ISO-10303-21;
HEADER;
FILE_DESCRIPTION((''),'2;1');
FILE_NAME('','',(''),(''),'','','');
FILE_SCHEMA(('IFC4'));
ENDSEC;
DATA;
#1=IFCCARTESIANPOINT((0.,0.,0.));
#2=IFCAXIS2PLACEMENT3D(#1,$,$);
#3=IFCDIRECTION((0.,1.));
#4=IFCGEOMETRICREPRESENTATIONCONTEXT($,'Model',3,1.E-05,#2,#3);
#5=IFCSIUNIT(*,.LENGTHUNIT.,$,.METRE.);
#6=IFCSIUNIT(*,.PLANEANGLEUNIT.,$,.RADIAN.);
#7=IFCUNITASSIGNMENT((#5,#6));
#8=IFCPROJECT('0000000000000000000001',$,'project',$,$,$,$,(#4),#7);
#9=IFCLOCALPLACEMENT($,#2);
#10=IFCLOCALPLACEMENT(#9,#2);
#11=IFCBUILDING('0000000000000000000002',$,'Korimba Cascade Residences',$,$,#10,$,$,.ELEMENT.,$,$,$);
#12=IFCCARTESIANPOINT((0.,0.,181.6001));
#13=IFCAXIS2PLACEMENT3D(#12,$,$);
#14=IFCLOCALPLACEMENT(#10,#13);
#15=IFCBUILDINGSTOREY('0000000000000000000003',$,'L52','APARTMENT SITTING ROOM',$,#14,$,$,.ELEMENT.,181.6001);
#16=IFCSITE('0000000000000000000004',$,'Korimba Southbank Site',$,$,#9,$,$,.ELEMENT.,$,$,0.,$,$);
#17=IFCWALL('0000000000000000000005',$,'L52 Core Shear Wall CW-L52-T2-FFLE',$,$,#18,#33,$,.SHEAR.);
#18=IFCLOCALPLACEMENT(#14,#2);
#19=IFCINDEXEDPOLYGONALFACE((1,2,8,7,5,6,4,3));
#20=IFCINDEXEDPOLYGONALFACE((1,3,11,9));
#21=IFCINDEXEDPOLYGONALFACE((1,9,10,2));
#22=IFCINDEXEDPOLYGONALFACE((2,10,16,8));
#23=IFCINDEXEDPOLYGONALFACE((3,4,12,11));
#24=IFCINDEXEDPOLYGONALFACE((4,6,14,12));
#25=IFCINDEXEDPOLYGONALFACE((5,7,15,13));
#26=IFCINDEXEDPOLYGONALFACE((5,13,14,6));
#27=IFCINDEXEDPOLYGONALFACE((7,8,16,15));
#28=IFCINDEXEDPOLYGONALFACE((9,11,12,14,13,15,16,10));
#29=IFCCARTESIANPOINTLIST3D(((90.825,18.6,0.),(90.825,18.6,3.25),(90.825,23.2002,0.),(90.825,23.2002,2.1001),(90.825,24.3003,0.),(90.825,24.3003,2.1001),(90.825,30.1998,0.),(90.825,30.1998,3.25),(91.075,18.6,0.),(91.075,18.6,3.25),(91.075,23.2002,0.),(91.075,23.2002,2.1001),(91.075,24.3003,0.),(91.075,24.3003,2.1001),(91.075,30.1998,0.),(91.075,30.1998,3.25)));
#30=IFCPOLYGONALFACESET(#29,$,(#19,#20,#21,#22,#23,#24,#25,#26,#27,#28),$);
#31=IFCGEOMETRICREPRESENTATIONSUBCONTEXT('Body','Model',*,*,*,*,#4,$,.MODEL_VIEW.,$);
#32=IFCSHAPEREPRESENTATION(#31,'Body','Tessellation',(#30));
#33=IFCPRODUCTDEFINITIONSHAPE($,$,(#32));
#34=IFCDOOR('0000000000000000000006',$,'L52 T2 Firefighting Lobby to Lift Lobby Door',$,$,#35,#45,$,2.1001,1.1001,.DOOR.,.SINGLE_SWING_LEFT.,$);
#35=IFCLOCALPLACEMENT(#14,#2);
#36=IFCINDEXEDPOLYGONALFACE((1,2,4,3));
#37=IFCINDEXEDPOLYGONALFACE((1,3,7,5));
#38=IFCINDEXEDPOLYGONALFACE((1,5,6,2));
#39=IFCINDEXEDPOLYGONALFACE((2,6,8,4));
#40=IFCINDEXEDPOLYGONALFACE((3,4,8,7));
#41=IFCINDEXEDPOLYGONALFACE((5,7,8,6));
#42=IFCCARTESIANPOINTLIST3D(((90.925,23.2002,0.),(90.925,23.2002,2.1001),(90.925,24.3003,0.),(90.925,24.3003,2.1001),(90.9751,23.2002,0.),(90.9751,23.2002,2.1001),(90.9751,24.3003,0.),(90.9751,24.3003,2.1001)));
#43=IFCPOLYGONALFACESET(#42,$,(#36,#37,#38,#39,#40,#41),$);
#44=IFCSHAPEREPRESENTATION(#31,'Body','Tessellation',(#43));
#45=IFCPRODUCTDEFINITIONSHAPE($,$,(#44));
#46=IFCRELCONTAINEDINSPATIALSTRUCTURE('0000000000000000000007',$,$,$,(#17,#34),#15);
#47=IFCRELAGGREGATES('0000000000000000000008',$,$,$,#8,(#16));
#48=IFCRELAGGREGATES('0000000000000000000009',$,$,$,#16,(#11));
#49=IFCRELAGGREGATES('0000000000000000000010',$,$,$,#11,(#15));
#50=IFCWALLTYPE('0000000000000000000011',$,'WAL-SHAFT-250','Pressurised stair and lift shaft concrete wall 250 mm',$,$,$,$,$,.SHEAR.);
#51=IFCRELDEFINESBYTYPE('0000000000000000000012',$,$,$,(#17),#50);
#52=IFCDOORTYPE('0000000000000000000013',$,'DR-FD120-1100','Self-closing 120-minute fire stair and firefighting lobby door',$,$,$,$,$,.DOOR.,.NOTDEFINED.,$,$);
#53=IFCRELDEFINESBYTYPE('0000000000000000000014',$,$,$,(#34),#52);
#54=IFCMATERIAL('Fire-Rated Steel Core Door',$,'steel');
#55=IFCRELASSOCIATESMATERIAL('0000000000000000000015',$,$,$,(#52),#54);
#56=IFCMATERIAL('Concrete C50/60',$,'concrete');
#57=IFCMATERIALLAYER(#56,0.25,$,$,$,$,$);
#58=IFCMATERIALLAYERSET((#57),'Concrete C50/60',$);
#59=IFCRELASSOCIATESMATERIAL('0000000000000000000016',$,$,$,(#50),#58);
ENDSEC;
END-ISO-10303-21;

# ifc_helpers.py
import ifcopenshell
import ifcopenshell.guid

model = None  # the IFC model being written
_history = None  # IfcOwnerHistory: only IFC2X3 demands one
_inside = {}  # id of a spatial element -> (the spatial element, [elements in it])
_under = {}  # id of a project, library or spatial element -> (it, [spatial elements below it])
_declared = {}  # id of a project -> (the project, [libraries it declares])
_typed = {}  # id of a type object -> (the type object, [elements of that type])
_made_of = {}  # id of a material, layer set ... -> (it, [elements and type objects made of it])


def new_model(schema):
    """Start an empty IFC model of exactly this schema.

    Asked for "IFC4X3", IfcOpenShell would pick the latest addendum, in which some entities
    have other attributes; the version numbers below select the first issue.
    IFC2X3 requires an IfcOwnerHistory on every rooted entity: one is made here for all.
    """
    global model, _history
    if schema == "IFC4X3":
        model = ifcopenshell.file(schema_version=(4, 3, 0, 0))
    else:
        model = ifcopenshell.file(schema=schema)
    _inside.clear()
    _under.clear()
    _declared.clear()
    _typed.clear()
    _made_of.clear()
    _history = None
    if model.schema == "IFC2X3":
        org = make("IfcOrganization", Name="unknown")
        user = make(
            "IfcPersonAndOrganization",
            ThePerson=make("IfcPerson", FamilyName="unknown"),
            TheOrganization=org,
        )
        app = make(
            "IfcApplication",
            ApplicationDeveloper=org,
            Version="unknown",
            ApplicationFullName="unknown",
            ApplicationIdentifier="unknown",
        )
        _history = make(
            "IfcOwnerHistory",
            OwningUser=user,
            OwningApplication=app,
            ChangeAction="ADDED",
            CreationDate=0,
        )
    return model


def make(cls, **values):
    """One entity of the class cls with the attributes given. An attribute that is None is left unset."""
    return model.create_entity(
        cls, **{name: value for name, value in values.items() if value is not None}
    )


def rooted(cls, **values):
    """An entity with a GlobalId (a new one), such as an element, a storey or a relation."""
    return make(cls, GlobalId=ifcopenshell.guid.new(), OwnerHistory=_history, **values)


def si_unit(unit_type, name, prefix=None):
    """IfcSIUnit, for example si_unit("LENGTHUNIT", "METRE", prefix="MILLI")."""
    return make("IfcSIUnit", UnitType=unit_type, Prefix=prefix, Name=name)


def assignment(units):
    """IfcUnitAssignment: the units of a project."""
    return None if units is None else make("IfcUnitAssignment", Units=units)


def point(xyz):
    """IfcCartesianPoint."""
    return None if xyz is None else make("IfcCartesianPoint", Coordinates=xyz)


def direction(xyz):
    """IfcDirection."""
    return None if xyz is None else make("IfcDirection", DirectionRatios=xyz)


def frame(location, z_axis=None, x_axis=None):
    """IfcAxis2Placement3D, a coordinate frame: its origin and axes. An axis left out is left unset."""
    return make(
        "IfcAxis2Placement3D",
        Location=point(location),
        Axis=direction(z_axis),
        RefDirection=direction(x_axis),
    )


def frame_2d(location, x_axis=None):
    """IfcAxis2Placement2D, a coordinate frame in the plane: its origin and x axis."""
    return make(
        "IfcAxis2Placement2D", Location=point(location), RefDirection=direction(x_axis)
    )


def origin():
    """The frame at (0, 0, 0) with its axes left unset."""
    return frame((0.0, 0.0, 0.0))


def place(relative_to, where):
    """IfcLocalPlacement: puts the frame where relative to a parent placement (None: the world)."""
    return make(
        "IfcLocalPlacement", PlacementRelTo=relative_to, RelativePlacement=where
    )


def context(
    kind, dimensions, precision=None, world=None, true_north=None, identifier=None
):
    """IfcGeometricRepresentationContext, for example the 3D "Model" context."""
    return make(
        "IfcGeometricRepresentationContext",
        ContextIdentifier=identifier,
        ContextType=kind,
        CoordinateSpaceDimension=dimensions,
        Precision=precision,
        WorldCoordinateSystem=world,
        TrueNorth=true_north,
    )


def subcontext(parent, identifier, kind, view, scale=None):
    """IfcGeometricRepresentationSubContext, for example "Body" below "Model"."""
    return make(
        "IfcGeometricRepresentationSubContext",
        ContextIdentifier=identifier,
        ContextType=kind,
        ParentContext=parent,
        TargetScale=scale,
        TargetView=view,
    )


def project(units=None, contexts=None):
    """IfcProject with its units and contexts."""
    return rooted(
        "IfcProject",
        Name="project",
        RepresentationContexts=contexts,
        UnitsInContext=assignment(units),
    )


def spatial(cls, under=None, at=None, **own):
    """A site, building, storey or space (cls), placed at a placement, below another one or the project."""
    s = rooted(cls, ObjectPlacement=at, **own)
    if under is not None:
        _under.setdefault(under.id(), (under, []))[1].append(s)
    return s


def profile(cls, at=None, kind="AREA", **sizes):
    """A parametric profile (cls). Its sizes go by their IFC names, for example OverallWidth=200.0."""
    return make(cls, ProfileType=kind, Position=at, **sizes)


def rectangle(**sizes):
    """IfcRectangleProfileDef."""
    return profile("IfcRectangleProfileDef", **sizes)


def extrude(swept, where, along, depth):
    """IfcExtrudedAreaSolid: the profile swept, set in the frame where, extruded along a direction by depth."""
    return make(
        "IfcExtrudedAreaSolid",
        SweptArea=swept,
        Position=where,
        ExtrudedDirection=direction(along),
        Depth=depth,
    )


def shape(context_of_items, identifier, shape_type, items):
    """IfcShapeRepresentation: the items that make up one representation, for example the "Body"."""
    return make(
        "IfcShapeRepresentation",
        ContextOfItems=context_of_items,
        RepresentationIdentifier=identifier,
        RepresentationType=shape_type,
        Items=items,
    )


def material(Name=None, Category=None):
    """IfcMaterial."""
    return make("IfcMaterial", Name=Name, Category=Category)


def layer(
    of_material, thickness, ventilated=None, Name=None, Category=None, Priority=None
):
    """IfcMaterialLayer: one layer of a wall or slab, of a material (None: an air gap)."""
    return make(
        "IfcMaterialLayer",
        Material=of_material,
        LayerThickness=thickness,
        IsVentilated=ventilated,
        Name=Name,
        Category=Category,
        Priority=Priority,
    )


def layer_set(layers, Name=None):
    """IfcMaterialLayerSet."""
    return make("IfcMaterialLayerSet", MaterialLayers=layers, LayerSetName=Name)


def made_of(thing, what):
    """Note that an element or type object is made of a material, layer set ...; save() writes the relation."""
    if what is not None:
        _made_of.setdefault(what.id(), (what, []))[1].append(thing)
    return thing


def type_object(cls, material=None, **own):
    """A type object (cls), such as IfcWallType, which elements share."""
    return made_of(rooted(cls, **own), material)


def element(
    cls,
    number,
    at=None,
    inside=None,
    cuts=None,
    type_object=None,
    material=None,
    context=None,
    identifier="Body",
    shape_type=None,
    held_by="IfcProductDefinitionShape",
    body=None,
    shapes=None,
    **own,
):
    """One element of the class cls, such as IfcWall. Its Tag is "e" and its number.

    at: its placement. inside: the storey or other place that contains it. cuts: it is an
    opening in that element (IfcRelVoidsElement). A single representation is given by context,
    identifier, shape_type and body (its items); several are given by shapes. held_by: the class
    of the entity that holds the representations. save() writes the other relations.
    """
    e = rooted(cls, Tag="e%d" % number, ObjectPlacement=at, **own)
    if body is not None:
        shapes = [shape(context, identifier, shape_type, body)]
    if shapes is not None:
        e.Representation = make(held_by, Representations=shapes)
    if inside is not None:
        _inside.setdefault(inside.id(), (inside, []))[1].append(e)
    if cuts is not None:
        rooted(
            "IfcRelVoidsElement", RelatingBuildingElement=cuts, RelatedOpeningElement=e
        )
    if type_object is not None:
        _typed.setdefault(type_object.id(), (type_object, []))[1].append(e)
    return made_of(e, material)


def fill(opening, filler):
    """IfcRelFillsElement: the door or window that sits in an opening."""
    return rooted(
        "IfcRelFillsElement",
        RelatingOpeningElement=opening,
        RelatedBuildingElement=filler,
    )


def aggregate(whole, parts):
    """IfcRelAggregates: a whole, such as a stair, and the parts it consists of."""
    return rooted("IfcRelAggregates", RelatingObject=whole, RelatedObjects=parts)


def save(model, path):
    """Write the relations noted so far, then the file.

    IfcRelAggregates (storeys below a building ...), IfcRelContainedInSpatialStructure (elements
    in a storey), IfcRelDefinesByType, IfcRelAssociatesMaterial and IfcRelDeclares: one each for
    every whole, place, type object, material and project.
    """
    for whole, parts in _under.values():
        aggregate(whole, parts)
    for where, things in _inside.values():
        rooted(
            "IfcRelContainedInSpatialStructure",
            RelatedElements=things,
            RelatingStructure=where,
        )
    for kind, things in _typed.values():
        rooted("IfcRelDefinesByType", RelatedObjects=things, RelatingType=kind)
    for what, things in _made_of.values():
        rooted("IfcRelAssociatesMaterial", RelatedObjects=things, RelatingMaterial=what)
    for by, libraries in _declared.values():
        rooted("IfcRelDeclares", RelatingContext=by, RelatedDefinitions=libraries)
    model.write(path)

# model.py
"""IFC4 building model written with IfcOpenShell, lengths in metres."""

from ifc_helpers import new_model, si_unit, direction, frame, frame_2d, origin, place, context, subcontext, project, spatial, rectangle, extrude, material, layer, layer_set, type_object, element, fill, save


model = new_model("IFC4")

# Units and contexts
model_context = context("Model", 3, precision=1e-05, world=origin(), true_north=direction((0.0, 1.0)))
body_context = subcontext(model_context, "Body", "Model", "MODEL_VIEW")
ifc_project = project(units=[si_unit("LENGTHUNIT", "METRE"), si_unit("PLANEANGLEUNIT", "RADIAN")], contexts=[model_context])

# Site, building, storey
site_placement = place(None, origin())
site = spatial("IfcSite", under=ifc_project, at=site_placement, Name="Korimba Southbank Site", CompositionType="ELEMENT", RefElevation=0.0)
building_placement = place(site_placement, origin())
building = spatial("IfcBuilding", under=site, at=building_placement, Name="Korimba Cascade Residences", CompositionType="ELEMENT")
storey_placement = place(building_placement, frame((0.0, 0.0, 181.6001)))
storey = spatial("IfcBuildingStorey", under=building, at=storey_placement, Name="L52", Description="APARTMENT SITTING ROOM", CompositionType="ELEMENT", Elevation=181.6001)

# Shared definitions
ifc_material_1 = material(Name="Fire-Rated Steel Core Door", Category="steel")
door_type_1 = type_object("IfcDoorType", Name="DR-FD120-1100", Description="Self-closing 120-minute fire stair and firefighting lobby door", OperationType="NOTDEFINED", PredefinedType="DOOR", material=ifc_material_1)

# Shared definitions
ifc_material_2 = material(Name="Concrete C50/60", Category="concrete")
ifc_layer_1 = layer(ifc_material_2, 0.25)
ifc_layer_set_1 = layer_set([ifc_layer_1], Name="Concrete C50/60")
wall_type_1 = type_object("IfcWallType", Name="WAL-SHAFT-250", Description="Pressurised stair and lift shaft concrete wall 250 mm", PredefinedType="SHEAR", material=ifc_layer_set_1)

# Wall, opening, door
wall_1_placement = place(storey_placement, frame((90.95, 18.6001, 0.0), z_axis=(0.0, 0.0, 1.0), x_axis=(0.0, 1.0, 0.0)))
wall_1 = element("IfcWall", 1, at=wall_1_placement, inside=storey, type_object=wall_type_1, Name="L52 Core Shear Wall CW-L52-T2-FFLE", PredefinedType="SHEAR", context=body_context, shape_type="SweptSolid", body=[
    extrude(rectangle(XDim=11.5999, YDim=0.25, at=frame_2d((5.7998, 0.0))), origin(), (0.0, 0.0, 1.0), 3.25),
])
opening_1_placement = place(wall_1_placement, frame((4.6001, 0.0, 0.0)))
opening_1 = element("IfcOpeningElement", 2, at=opening_1_placement, cuts=wall_1, PredefinedType="OPENING", context=body_context, shape_type="SweptSolid", body=[
    extrude(rectangle(XDim=1.1001, YDim=2.1001, at=frame_2d((0.55, 1.05))), frame((0.0, 0.135, 0.0), z_axis=(0.0, -1.0, 0.0), x_axis=(1.0, 0.0, 0.0)), (0.0, 0.0, 1.0), 0.27),
])
door_1_placement = place(opening_1_placement, origin())
door_1 = element("IfcDoor", 3, at=door_1_placement, inside=storey, type_object=door_type_1, Name="L52 T2 Firefighting Lobby to Lift Lobby Door", OperationType="SINGLE_SWING_LEFT", OverallHeight=2.1001, OverallWidth=1.1001, PredefinedType="DOOR", context=body_context, shape_type="SweptSolid", body=[
    extrude(rectangle(XDim=1.1001, YDim=2.1001, at=frame_2d((0.55, 1.05))), frame((0.0, 0.0249, 0.0), z_axis=(0.0, -1.0, 0.0), x_axis=(1.0, 0.0, 0.0)), (0.0, 0.0, 1.0), 0.05),
])
fill(opening_1, door_1)

save(model, "model.ifc")
